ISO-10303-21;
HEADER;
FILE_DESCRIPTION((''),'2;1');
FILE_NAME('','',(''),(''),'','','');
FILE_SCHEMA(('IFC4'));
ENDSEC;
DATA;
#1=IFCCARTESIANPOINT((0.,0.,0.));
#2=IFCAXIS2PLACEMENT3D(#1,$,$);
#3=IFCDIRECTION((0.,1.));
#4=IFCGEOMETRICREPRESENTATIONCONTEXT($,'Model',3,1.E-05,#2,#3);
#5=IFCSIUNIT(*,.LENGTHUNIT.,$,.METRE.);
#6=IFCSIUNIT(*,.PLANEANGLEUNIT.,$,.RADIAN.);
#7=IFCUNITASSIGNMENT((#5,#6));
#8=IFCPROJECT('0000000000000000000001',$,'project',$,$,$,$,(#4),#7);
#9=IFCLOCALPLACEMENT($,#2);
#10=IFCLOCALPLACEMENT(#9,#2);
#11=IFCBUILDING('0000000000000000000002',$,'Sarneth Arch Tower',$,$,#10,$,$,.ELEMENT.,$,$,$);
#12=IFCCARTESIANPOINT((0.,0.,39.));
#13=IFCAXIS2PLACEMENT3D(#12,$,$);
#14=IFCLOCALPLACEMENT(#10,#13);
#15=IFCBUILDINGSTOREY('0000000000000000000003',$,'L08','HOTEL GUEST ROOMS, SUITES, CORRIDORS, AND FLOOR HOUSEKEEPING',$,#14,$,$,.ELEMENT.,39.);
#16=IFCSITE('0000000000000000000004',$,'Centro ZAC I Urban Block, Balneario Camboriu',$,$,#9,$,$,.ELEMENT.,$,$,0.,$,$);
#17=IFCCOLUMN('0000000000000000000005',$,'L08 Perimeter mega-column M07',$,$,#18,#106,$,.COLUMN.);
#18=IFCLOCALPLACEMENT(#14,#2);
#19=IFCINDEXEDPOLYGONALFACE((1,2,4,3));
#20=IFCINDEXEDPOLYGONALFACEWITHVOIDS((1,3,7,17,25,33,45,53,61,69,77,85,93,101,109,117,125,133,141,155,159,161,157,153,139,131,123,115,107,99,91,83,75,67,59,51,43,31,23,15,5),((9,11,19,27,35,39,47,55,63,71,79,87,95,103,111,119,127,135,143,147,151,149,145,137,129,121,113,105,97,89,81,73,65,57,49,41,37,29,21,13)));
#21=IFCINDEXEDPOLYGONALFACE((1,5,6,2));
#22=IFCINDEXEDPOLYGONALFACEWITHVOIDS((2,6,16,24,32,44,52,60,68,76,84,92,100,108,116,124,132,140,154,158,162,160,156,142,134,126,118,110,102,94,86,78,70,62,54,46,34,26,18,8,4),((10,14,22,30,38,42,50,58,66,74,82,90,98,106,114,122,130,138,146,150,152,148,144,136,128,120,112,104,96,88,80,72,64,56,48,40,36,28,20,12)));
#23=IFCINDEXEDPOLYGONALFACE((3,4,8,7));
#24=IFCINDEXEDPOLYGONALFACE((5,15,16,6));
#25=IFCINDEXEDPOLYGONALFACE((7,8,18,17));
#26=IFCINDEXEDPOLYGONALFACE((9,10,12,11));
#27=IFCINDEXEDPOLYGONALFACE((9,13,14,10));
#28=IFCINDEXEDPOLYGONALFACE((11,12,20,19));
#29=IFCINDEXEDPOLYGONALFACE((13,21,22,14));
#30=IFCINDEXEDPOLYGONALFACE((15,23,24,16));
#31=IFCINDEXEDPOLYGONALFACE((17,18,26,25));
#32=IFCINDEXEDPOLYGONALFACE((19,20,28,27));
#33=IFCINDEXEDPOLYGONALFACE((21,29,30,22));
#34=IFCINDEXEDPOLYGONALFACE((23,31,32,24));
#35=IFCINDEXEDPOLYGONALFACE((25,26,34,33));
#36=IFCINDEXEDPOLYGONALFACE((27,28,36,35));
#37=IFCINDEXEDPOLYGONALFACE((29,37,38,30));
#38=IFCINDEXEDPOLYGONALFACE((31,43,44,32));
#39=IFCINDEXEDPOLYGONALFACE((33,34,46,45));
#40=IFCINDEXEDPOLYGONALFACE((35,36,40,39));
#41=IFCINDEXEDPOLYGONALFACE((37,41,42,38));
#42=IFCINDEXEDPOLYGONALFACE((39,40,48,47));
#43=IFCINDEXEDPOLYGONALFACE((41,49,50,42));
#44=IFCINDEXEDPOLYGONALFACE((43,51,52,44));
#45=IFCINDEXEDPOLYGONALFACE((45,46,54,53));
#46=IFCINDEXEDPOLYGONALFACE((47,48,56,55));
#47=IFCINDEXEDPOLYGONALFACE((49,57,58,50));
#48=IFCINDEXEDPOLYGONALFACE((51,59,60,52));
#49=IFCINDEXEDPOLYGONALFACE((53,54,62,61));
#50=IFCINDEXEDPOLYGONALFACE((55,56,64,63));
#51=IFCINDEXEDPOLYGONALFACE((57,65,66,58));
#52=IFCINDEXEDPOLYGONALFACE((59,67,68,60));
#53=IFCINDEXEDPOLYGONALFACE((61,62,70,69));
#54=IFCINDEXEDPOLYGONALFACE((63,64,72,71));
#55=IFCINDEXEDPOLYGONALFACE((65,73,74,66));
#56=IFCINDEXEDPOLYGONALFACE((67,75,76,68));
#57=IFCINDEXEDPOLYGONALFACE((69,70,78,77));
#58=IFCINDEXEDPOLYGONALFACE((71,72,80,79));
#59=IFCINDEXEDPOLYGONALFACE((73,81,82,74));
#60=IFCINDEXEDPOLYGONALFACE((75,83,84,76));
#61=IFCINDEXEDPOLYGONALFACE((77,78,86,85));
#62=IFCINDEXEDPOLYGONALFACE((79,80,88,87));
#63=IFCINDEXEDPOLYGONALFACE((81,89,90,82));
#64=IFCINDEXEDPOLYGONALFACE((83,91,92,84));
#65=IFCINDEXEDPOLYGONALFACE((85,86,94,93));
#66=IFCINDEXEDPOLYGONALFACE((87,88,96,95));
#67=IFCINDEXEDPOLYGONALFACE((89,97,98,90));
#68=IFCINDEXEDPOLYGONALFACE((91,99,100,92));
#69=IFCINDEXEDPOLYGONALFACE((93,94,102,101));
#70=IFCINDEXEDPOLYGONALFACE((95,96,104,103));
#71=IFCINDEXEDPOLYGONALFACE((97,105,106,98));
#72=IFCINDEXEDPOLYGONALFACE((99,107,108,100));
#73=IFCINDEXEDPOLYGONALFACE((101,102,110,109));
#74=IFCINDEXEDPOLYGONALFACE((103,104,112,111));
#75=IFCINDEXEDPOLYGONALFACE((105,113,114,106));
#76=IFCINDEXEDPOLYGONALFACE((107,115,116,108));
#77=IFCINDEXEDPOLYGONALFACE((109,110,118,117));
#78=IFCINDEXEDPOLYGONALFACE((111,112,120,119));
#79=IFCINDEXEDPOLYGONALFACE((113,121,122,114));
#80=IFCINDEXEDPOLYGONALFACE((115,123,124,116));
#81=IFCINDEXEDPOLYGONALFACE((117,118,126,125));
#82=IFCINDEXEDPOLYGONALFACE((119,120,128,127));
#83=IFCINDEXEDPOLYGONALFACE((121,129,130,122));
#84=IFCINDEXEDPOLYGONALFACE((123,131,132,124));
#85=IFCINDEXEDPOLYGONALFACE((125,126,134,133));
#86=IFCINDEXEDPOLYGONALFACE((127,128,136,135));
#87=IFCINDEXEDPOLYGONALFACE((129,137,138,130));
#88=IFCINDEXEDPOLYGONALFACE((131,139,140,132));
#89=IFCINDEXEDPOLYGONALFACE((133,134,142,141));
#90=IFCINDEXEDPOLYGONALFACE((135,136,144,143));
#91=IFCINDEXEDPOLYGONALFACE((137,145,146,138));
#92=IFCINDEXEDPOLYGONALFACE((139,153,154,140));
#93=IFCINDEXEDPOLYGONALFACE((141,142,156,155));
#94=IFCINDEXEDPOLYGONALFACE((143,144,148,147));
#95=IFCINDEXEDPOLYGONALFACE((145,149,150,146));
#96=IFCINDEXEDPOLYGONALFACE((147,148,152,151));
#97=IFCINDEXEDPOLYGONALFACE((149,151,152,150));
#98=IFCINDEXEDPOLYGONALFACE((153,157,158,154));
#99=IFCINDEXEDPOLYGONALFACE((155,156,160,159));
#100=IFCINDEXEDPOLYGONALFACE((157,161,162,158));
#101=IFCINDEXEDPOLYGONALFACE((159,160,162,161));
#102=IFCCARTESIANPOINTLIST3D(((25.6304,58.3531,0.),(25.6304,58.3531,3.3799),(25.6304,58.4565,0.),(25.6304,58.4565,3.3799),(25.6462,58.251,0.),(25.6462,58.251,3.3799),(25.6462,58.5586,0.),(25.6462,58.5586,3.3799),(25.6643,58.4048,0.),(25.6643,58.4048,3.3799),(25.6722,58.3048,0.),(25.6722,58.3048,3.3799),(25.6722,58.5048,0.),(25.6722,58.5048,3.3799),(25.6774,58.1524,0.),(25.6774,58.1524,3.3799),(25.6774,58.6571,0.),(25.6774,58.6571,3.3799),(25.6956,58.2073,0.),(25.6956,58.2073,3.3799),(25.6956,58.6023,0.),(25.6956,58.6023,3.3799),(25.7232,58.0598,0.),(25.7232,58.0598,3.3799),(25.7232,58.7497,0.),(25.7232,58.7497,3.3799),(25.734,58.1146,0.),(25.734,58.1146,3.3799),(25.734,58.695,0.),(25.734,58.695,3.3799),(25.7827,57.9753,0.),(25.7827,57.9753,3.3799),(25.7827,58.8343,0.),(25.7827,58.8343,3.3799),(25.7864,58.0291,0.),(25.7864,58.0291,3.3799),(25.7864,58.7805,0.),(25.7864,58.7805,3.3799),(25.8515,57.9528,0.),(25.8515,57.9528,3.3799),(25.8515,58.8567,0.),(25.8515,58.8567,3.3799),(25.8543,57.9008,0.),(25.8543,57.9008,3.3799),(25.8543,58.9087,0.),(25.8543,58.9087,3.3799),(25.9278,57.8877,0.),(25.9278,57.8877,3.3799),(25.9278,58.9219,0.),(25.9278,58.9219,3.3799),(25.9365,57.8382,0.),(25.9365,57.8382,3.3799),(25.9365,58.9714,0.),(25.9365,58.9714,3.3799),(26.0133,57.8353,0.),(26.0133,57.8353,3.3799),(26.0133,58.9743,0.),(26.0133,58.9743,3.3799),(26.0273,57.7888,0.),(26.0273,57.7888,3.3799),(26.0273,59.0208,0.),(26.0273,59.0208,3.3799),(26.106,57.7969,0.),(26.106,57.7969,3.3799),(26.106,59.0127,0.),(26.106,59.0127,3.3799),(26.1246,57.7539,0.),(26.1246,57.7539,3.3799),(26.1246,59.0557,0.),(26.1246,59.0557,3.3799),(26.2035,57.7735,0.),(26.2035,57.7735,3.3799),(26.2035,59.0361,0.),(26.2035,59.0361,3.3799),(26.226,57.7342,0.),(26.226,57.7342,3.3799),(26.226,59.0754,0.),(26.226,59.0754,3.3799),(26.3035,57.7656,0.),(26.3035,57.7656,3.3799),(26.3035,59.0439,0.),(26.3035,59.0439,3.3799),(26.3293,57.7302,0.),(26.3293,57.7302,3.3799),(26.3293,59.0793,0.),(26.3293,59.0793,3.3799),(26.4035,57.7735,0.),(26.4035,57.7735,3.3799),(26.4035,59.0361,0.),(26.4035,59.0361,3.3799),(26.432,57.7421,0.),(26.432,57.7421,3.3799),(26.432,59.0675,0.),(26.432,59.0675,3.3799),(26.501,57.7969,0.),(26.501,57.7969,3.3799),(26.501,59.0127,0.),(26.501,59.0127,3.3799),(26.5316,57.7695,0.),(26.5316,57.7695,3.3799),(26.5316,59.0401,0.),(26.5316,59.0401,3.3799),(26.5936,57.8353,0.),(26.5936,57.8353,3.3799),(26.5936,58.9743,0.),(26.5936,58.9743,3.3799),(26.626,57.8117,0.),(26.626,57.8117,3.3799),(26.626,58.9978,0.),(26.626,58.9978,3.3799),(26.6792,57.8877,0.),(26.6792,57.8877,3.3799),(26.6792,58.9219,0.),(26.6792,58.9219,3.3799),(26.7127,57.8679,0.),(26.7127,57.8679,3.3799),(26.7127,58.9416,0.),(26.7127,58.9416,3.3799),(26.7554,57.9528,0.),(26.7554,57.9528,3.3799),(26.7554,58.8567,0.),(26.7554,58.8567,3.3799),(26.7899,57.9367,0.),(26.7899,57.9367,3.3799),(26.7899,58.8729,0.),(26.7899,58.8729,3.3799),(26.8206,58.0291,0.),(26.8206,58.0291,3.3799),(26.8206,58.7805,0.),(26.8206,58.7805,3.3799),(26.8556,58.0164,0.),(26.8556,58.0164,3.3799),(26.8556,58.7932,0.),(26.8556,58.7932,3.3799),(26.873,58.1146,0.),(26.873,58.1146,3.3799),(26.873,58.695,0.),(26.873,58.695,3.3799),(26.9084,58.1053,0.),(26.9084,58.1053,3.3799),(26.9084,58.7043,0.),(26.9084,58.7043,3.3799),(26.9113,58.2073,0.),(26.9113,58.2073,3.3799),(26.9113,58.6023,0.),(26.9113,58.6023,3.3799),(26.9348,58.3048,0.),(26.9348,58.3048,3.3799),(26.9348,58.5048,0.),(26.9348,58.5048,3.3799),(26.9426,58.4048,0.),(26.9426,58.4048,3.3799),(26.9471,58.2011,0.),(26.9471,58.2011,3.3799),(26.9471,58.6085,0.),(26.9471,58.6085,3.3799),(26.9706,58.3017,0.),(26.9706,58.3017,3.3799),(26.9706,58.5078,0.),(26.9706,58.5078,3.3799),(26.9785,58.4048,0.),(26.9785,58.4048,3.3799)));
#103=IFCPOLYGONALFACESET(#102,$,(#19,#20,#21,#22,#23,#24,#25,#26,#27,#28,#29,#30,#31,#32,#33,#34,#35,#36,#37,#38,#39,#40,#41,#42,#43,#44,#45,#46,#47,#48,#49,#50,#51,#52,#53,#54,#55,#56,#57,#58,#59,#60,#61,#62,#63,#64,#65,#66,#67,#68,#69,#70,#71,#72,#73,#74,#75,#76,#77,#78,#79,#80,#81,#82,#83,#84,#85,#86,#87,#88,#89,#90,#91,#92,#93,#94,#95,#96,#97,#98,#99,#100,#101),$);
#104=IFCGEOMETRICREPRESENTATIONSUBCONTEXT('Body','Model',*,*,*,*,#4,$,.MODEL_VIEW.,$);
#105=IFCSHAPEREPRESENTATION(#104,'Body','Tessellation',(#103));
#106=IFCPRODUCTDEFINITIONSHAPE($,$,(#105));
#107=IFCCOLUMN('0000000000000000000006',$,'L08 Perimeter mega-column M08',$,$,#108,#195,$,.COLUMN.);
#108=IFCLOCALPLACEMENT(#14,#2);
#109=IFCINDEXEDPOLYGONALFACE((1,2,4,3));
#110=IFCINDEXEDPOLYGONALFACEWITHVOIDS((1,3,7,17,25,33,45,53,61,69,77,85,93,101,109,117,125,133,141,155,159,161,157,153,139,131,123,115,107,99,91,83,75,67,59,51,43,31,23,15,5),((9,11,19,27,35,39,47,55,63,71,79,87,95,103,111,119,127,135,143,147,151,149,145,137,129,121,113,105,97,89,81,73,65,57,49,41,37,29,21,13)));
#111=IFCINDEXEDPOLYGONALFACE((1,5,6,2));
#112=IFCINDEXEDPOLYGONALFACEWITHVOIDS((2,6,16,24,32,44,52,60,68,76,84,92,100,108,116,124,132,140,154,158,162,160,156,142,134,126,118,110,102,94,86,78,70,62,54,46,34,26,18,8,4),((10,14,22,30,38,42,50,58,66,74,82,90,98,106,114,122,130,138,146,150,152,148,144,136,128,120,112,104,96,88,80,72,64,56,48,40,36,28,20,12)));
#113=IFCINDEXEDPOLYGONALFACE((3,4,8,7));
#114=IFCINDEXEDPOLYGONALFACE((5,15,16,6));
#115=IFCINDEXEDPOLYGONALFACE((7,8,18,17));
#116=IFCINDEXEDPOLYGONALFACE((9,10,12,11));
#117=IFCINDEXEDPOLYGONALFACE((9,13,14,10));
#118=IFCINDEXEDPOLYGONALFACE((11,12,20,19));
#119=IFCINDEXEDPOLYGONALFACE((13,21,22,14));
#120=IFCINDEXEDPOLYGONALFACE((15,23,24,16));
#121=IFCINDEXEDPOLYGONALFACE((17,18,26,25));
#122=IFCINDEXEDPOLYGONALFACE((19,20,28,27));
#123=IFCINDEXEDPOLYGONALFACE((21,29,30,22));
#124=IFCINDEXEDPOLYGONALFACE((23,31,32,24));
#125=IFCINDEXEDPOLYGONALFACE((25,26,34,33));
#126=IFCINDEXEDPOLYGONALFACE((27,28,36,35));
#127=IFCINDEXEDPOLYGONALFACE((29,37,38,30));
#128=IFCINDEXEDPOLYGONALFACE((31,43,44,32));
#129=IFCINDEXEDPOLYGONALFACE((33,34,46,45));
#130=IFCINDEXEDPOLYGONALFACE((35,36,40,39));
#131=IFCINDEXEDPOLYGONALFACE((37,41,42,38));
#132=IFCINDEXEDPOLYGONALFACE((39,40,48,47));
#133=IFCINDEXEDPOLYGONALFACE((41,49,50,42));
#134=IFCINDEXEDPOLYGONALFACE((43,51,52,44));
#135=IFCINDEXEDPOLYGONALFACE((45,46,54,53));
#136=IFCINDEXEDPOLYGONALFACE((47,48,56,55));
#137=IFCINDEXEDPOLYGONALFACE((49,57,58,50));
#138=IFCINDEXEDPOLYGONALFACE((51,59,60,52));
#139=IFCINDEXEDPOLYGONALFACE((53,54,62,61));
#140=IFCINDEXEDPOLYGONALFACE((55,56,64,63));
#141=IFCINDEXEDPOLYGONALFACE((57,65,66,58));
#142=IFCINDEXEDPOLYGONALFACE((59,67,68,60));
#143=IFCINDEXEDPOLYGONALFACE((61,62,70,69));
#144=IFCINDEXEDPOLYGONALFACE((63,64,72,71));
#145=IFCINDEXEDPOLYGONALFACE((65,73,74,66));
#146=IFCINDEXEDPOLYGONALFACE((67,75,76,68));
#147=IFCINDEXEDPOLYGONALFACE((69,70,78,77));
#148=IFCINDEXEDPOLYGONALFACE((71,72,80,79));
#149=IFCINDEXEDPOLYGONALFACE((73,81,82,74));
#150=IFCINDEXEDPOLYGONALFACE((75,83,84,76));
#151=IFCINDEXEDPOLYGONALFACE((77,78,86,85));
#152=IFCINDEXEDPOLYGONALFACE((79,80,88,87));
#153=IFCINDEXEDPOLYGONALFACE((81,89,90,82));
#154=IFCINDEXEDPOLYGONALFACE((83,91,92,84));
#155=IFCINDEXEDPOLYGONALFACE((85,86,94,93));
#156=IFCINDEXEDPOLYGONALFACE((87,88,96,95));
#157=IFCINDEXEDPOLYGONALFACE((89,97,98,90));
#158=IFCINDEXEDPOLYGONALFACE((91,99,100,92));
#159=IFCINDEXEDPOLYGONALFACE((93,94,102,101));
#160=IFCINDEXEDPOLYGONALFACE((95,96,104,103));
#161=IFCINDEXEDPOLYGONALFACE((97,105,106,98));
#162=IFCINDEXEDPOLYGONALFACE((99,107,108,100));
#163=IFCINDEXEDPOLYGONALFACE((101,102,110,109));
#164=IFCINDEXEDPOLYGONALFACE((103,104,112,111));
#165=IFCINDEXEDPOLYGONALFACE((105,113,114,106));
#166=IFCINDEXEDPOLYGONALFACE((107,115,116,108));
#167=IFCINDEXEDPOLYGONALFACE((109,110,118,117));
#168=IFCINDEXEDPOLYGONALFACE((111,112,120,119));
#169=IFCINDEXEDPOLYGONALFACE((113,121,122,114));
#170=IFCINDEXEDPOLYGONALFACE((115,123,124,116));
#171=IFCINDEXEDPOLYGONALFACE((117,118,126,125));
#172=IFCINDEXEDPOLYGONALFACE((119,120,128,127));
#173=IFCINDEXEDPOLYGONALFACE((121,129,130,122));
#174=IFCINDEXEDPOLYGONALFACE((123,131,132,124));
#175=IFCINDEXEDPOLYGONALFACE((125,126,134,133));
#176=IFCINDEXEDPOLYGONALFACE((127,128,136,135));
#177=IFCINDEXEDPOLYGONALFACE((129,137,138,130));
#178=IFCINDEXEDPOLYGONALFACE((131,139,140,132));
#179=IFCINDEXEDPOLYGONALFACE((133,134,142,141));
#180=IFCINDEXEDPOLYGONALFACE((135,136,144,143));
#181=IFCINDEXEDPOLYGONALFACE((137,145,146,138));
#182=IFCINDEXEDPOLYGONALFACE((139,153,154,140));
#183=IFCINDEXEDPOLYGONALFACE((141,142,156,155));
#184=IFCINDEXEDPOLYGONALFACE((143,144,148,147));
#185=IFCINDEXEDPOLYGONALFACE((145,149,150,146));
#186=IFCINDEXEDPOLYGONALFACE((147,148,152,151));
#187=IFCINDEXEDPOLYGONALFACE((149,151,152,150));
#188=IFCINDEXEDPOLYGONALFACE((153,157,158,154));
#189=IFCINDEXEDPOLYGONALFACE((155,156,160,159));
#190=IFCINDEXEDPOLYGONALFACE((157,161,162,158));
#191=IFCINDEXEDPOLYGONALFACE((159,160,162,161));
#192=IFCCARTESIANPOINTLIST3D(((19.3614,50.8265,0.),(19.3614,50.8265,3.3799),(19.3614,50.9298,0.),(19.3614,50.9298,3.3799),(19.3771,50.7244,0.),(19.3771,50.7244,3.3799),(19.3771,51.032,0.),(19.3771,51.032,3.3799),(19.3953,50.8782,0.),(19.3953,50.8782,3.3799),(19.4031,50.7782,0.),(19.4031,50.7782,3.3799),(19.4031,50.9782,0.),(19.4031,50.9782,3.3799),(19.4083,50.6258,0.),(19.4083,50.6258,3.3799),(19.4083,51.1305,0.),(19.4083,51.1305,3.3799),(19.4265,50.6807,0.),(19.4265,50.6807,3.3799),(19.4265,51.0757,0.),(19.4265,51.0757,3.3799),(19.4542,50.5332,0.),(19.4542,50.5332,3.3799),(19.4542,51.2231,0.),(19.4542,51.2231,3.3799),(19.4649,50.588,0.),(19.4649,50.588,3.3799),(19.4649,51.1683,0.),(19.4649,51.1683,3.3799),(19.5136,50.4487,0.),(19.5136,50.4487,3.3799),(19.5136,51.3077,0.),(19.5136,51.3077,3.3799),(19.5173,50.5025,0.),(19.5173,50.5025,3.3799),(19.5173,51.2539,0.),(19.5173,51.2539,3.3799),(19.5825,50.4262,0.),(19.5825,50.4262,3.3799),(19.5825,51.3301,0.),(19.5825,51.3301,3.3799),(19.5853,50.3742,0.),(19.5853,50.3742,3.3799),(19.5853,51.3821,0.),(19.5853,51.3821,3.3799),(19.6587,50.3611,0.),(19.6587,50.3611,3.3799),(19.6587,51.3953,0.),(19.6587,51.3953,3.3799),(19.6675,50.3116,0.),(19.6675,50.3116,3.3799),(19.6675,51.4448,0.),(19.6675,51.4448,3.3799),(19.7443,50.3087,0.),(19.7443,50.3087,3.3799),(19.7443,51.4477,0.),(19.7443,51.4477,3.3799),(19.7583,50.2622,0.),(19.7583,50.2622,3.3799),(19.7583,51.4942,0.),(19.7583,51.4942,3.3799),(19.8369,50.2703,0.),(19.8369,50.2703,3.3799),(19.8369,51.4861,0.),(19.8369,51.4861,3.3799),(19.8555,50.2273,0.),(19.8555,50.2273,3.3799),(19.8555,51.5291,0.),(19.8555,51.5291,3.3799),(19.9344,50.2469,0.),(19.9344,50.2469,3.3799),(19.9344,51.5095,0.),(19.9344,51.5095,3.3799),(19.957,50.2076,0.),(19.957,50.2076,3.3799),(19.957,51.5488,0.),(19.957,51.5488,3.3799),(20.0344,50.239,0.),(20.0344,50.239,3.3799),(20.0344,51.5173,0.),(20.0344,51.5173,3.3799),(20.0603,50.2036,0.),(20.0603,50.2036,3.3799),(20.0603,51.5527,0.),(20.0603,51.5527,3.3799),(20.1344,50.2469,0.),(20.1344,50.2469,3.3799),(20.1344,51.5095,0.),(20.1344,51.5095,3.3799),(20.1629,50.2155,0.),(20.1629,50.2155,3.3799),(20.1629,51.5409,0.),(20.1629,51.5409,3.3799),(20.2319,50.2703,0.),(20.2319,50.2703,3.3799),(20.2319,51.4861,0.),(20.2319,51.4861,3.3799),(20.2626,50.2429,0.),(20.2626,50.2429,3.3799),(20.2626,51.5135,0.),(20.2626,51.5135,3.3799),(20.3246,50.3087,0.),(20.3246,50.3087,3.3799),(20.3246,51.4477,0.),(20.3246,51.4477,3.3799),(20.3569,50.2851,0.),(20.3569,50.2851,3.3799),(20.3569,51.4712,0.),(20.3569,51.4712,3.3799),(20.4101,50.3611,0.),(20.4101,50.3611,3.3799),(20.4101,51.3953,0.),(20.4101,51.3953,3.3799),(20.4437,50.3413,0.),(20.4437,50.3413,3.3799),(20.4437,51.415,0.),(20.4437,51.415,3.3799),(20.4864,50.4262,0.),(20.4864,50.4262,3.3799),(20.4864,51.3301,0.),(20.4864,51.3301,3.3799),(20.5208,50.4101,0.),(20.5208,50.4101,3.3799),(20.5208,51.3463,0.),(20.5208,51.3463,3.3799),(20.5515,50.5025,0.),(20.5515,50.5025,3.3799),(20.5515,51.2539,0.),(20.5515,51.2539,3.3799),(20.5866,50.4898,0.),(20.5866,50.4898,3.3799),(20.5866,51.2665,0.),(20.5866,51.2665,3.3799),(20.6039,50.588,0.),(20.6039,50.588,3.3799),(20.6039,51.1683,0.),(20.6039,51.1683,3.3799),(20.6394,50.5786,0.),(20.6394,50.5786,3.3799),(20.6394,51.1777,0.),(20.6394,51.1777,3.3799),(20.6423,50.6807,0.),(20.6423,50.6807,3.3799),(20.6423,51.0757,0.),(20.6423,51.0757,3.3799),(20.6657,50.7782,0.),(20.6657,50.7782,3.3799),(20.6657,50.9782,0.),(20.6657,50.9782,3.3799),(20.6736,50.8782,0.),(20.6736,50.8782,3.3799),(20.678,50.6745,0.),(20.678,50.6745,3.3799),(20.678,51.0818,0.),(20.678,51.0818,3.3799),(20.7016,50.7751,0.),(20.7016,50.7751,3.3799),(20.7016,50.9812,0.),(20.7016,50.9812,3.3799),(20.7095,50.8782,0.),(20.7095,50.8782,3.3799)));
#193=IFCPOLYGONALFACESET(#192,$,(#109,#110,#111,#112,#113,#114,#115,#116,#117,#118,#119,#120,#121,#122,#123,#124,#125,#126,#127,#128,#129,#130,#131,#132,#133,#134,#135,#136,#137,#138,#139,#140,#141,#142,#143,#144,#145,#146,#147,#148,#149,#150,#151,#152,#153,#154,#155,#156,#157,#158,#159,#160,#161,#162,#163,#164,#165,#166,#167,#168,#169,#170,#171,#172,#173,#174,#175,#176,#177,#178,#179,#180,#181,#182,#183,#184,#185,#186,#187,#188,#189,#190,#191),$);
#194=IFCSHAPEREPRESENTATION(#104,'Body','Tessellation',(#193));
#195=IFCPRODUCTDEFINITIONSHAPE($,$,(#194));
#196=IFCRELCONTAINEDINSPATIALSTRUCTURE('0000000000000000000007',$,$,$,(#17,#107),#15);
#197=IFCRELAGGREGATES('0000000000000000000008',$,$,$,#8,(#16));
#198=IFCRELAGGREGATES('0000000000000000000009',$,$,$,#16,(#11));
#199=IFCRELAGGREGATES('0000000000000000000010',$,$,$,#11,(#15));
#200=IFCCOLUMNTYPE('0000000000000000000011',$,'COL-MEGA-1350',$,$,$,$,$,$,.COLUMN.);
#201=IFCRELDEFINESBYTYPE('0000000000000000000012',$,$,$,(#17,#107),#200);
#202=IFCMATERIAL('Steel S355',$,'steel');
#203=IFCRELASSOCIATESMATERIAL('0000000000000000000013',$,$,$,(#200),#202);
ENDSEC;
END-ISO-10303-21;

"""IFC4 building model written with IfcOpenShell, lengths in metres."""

from ifc_helpers import new_model, si_unit, direction, frame, origin, origin_2d, place, context, subcontext, project, spatial, hollow_circle, extrude, material, material_profile, profile_set, type_object, element, save


model = new_model("IFC4")

# Units and contexts
model_context = context("Model", 3, precision=1e-05, world=origin(), true_north=direction((0.0, 1.0)))
body_context = subcontext(model_context, "Body", "Model", "MODEL_VIEW")
ifc_project = project(units=[si_unit("LENGTHUNIT", "METRE"), si_unit("PLANEANGLEUNIT", "RADIAN")], contexts=[model_context])

# Site, building, storey
site_placement = place(None, origin())
site = spatial("IfcSite", under=ifc_project, at=site_placement, Name="Centro ZAC I Urban Block, Balneario Camboriu", CompositionType="ELEMENT", RefElevation=0.0)
building_placement = place(site_placement, origin())
building = spatial("IfcBuilding", under=site, at=building_placement, Name="Sarneth Arch Tower", CompositionType="ELEMENT")
storey_placement = place(building_placement, frame((0.0, 0.0, 39.0)))
storey = spatial("IfcBuildingStorey", under=building, at=storey_placement, Name="L08", Description="HOTEL GUEST ROOMS, SUITES, CORRIDORS, AND FLOOR HOUSEKEEPING", CompositionType="ELEMENT", Elevation=39.0)

# Columns
ifc_material_1 = material(Name="Steel S355", Category="steel")
ifc_material_profile_1 = material_profile(ifc_material_1, hollow_circle(Radius=0.675, WallThickness=0.0359, at=origin_2d()), Name="CHS1350x36")
ifc_profile_set_1 = profile_set([ifc_material_profile_1], Name="Steel S355")
column_type = type_object("IfcColumnType", Name="COL-MEGA-1350", PredefinedType="COLUMN", material=ifc_profile_set_1)
for number, where, z_axis, x_axis, name in (
    (1, (26.3035, 58.4048, 0.0), (0.0, 0.0, 1.0), (1.0, 0.0, 0.0), "L08 Perimeter mega-column M07"),
    (2, (20.0344, 50.8782, 0.0), (0.0, 0.0, 1.0), (1.0, 0.0, 0.0), "L08 Perimeter mega-column M08"),
):
    element("IfcColumn", number, at=place(storey_placement, frame(where, z_axis=z_axis, x_axis=x_axis)), inside=storey, type_object=column_type, Name=name, PredefinedType="COLUMN", context=body_context, shape_type="SweptSolid", body=[
        extrude(hollow_circle(Radius=0.675, WallThickness=0.0359, at=origin_2d()), origin(), (0.0, 0.0, 1.0), 3.3799),
    ])

save(model, "model.ifc")
